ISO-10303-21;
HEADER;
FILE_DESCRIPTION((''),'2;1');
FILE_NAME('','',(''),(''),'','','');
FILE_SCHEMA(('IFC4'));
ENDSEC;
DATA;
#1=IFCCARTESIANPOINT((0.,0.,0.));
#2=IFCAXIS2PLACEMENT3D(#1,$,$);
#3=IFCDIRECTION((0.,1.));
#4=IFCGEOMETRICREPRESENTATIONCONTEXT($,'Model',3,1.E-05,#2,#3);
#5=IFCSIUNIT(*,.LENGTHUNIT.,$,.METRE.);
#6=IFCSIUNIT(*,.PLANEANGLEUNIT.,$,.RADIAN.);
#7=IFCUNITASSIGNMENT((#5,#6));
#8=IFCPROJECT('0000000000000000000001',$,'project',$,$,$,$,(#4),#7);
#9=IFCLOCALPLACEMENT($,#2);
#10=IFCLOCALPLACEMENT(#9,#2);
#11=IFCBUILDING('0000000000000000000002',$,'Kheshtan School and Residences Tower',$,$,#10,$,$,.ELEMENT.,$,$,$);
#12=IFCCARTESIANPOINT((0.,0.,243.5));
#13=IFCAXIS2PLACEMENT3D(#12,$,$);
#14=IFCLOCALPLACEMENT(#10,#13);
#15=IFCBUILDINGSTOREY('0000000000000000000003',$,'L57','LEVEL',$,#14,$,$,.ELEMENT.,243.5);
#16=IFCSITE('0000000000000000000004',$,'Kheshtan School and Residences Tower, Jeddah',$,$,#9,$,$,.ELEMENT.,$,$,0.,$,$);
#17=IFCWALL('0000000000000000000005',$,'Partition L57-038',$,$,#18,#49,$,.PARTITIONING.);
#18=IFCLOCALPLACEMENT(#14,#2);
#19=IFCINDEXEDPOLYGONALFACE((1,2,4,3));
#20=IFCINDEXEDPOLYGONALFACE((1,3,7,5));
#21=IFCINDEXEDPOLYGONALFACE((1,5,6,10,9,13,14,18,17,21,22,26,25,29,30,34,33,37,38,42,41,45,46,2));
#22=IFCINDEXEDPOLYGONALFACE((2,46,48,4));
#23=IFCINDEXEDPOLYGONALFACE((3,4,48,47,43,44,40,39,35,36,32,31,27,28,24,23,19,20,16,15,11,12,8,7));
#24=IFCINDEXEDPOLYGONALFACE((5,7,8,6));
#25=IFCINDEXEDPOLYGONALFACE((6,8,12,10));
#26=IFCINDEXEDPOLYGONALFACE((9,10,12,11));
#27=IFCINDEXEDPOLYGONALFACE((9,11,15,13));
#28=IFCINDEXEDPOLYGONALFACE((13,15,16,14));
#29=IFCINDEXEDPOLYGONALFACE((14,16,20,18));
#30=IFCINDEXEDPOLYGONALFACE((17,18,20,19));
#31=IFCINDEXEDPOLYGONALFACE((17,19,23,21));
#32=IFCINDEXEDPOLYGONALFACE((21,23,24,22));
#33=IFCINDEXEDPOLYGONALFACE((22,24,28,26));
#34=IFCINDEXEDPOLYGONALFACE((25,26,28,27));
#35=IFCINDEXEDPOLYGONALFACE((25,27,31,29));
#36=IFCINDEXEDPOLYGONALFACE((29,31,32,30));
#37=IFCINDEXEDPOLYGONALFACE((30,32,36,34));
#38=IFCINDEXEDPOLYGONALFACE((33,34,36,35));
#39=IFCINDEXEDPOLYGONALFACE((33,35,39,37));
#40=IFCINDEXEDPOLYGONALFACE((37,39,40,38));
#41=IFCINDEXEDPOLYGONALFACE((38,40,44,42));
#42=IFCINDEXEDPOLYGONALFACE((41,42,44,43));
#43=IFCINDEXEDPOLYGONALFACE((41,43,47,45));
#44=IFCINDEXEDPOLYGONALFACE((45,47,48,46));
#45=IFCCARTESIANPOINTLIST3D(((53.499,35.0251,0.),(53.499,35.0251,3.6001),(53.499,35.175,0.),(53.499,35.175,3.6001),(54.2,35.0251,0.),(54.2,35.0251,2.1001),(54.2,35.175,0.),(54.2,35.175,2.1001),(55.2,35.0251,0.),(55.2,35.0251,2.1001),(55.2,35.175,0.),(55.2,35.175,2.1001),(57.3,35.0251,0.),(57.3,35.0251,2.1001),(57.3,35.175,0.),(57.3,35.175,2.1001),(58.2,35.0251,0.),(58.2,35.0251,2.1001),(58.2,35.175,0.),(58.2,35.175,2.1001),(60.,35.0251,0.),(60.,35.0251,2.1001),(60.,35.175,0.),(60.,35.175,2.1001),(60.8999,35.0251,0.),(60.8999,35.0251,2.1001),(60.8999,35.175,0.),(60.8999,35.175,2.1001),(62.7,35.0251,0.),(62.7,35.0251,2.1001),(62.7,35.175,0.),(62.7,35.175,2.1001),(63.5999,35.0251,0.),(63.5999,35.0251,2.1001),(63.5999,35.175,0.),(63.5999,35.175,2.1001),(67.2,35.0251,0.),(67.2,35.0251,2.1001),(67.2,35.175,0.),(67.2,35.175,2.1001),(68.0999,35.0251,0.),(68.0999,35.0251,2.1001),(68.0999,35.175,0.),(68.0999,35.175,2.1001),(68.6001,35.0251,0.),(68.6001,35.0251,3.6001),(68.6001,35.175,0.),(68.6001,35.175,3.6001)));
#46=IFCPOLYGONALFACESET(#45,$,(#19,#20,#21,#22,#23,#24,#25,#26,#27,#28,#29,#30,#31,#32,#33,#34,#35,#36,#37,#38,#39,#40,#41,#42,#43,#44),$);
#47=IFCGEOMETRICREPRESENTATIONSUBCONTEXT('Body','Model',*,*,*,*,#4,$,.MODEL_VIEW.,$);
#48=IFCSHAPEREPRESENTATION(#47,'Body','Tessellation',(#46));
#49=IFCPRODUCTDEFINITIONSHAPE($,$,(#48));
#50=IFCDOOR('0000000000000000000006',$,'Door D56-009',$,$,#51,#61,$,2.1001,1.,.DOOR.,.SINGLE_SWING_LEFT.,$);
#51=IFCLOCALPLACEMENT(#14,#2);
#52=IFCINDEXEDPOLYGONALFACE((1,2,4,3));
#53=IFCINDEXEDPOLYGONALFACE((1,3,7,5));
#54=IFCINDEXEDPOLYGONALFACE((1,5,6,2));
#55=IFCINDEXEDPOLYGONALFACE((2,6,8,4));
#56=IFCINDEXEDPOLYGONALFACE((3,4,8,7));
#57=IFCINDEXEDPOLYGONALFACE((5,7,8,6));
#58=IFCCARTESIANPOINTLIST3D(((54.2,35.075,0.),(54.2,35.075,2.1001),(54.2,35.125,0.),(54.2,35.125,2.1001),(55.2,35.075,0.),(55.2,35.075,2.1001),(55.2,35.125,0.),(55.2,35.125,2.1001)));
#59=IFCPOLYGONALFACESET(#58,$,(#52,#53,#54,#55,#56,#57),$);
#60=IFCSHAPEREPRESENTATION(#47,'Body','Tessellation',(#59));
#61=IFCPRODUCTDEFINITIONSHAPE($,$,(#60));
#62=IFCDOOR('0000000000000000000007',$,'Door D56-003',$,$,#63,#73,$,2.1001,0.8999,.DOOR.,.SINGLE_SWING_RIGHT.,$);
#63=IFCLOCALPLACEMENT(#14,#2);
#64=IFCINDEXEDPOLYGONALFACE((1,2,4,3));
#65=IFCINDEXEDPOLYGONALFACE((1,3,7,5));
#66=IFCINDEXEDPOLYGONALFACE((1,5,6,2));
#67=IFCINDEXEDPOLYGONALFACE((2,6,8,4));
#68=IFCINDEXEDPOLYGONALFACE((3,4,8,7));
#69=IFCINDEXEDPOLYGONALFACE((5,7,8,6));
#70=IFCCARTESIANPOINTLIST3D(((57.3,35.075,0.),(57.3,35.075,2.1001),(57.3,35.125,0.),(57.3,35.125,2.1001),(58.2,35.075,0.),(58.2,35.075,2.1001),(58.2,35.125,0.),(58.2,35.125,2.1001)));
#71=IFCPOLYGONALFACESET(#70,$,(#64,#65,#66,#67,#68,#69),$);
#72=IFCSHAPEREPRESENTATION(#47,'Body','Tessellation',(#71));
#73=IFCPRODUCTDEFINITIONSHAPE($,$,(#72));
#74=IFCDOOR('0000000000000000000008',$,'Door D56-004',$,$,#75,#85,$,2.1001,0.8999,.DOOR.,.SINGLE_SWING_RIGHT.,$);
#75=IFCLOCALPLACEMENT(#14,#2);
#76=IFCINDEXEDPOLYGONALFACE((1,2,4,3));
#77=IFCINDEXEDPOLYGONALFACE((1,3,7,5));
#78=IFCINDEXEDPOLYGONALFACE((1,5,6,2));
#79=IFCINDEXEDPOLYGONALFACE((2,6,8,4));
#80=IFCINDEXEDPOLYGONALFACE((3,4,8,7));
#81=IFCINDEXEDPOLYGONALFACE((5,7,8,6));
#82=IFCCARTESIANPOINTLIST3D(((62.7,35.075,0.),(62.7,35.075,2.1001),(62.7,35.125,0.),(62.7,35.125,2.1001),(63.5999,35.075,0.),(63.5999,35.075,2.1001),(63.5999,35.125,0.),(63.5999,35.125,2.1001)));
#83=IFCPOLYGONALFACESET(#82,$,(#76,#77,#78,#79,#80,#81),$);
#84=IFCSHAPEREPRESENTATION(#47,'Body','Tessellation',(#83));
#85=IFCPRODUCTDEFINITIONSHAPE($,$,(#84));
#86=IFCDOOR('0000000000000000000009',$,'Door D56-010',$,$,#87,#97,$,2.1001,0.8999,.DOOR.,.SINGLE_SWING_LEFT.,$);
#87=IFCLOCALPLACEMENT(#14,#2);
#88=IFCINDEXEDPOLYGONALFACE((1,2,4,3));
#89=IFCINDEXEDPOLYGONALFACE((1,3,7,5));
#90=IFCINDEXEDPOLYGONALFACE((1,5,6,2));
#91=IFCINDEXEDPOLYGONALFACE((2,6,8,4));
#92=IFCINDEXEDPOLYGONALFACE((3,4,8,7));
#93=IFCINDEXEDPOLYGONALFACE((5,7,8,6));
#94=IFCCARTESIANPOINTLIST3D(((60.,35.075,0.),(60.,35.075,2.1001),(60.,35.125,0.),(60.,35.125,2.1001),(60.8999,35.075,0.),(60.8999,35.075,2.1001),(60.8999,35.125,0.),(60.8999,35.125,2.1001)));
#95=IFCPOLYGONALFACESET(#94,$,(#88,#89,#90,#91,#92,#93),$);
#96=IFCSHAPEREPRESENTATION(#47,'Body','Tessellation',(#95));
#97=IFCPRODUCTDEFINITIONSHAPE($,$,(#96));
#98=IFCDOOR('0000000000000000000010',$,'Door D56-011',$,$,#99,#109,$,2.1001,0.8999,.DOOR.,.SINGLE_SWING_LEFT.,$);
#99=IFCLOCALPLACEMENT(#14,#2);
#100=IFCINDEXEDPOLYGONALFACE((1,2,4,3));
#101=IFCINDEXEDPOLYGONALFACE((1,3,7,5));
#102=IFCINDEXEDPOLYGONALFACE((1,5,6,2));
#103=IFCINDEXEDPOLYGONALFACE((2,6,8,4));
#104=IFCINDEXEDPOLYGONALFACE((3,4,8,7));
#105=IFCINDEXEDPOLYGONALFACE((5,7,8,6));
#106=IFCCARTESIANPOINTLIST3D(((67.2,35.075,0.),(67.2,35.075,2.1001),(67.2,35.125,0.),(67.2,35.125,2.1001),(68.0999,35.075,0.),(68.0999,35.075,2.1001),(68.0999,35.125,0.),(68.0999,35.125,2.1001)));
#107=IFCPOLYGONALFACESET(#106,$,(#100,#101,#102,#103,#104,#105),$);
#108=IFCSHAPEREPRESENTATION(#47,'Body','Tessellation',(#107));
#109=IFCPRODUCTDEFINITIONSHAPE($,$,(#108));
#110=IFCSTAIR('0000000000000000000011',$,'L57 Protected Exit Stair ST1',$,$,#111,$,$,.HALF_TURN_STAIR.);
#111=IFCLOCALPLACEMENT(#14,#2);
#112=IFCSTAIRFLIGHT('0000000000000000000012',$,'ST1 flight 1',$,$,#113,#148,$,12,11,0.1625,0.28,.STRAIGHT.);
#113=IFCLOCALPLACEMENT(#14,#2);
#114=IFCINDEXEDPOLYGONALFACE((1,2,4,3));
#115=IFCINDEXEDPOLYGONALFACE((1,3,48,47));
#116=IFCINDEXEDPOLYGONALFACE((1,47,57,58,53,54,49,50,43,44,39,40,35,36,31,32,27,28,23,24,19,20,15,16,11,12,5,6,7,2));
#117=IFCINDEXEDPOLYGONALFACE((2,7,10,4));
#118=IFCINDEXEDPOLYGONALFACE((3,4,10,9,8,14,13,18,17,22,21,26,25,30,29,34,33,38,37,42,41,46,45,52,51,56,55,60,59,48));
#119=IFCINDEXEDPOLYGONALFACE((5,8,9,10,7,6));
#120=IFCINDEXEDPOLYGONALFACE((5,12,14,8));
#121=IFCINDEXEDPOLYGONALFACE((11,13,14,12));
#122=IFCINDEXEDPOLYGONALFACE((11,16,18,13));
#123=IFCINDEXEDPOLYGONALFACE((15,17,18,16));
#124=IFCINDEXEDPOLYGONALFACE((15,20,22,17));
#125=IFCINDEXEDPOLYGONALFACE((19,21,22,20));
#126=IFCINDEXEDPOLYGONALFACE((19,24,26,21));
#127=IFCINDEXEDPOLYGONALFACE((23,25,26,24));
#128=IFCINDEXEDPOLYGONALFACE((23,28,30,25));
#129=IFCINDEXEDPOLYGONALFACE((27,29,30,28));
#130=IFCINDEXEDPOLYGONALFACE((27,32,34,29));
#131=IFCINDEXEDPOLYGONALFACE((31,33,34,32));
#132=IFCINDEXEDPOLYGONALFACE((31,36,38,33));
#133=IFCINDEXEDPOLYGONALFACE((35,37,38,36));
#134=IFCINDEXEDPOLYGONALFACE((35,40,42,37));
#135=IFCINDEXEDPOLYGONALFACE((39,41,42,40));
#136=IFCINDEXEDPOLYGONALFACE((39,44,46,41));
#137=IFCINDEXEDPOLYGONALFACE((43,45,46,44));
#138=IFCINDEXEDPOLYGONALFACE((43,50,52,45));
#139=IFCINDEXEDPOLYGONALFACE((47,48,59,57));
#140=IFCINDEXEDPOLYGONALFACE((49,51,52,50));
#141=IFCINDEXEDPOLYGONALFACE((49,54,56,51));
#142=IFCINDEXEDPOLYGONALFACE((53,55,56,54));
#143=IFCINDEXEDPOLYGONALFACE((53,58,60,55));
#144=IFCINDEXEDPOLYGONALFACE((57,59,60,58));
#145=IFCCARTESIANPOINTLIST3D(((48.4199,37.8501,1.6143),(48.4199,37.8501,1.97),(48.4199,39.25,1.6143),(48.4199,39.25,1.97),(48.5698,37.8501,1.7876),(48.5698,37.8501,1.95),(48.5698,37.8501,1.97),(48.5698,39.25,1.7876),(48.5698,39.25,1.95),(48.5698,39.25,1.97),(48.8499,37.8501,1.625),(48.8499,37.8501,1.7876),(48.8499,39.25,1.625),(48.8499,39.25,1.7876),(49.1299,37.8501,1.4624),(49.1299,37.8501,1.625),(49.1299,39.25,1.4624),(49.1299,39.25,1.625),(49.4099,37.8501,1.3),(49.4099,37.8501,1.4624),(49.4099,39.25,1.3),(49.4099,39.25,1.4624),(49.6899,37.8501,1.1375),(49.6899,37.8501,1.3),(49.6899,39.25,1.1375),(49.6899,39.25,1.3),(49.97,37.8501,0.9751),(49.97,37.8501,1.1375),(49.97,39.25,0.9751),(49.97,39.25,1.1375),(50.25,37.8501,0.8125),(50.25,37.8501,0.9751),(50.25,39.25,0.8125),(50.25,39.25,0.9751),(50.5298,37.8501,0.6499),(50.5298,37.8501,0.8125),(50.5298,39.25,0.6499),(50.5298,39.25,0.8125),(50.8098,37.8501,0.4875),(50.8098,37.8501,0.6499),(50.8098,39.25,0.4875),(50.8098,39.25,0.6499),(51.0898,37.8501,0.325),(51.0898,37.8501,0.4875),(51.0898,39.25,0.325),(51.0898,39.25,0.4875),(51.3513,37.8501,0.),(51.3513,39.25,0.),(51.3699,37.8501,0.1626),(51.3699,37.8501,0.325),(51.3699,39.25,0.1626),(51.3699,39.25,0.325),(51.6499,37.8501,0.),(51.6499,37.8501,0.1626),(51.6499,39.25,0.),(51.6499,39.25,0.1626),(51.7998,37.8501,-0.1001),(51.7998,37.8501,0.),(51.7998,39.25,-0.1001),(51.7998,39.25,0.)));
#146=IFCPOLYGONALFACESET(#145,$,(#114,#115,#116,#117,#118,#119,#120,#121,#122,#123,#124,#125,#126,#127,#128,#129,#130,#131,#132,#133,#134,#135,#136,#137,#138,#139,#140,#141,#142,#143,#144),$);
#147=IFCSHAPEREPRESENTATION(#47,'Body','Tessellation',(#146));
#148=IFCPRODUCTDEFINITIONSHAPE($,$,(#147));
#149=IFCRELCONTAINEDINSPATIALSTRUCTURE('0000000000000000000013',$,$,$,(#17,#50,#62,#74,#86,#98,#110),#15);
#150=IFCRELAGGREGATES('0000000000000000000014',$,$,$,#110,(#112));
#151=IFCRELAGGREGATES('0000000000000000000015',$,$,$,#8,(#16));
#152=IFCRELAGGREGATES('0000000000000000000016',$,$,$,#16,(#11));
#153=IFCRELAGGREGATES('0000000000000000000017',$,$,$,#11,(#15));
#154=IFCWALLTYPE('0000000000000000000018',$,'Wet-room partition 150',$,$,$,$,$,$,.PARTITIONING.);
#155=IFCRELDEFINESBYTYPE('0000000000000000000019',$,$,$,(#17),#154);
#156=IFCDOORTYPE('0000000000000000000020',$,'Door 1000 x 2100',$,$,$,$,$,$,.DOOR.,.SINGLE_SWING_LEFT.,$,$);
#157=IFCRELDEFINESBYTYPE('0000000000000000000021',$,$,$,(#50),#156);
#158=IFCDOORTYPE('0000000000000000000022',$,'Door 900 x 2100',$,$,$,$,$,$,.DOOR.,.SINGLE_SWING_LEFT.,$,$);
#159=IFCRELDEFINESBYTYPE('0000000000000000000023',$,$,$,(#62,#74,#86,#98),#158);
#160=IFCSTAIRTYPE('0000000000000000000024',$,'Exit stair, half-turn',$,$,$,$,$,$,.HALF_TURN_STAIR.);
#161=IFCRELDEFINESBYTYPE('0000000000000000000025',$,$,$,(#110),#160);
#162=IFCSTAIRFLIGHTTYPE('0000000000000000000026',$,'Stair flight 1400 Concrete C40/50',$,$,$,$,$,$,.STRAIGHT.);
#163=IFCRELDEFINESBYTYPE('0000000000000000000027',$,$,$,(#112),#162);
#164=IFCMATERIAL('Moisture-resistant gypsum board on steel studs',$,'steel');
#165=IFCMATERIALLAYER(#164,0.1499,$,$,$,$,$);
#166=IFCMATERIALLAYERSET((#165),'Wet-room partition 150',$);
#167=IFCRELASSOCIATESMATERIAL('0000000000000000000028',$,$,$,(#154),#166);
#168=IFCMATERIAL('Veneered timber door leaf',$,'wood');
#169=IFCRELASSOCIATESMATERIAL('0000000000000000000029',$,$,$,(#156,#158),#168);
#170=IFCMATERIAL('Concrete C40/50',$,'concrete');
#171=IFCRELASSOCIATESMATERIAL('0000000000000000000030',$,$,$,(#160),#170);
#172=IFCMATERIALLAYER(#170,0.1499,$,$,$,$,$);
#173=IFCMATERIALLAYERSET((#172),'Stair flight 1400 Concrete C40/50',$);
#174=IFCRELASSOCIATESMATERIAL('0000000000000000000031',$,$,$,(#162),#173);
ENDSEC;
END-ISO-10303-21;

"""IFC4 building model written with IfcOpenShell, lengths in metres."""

from ifc_helpers import new_model, si_unit, direction, frame, frame_2d, origin, place, context, subcontext, project, spatial, polyline, rectangle, outline, extrude, source, transform, mapped, material, layer, layer_set, type_object, element, fill, aggregate, save


model = new_model("IFC4")

# Units and contexts
model_context = context("Model", 3, precision=1e-05, world=origin(), true_north=direction((0.0, 1.0)))
body_context = subcontext(model_context, "Body", "Model", "MODEL_VIEW")
ifc_project = project(units=[si_unit("LENGTHUNIT", "METRE"), si_unit("PLANEANGLEUNIT", "RADIAN")], contexts=[model_context])

# Site, building, storey
site_placement = place(None, origin())
site = spatial("IfcSite", under=ifc_project, at=site_placement, Name="Kheshtan School and Residences Tower, Jeddah", CompositionType="ELEMENT", RefElevation=0.0)
building_placement = place(site_placement, origin())
building = spatial("IfcBuilding", under=site, at=building_placement, Name="Kheshtan School and Residences Tower", CompositionType="ELEMENT")
storey_placement = place(building_placement, frame((0.0, 0.0, 243.5)))
storey = spatial("IfcBuildingStorey", under=building, at=storey_placement, Name="L57", Description="LEVEL", CompositionType="ELEMENT", Elevation=243.5)

# Shared definitions
ifc_material_1 = material(Name="Concrete C40/50", Category="concrete")

# Wall, openings, doors
ifc_material_2 = material(Name="Moisture-resistant gypsum board on steel studs", Category="steel")
ifc_layer_1 = layer(ifc_material_2, 0.1499)
ifc_layer_set_1 = layer_set([ifc_layer_1], Name="Wet-room partition 150")
wall_type_1 = type_object("IfcWallType", Name="Wet-room partition 150", PredefinedType="PARTITIONING", material=ifc_layer_set_1)
wall_1_placement = place(storey_placement, frame((53.499, 35.1001, 0.0), z_axis=(0.0, 0.0, 1.0), x_axis=(1.0, 0.0, 0.0)))
wall_1 = element("IfcWall", 1, at=wall_1_placement, inside=storey, type_object=wall_type_1, Name="Partition L57-038", PredefinedType="PARTITIONING", context=body_context, shape_type="SweptSolid", body=[
    extrude(rectangle(XDim=15.1011, YDim=0.1499, at=frame_2d((7.5505, 0.0))), origin(), (0.0, 0.0, 1.0), 3.6001),
])
opening_1_placement = place(wall_1_placement, frame((3.801, 0.0, 0.0)))
opening_1 = element("IfcOpeningElement", 2, at=opening_1_placement, cuts=wall_1, PredefinedType="OPENING", context=body_context, shape_type="SweptSolid", body=[
    extrude(rectangle(XDim=0.8999, YDim=2.1001, at=frame_2d((0.45, 1.05))), frame((0.0, 0.085, 0.0), z_axis=(0.0, -1.0, 0.0), x_axis=(1.0, 0.0, 0.0)), (0.0, 0.0, 1.0), 0.1699),
])
opening_2_placement = place(wall_1_placement, frame((9.2009, 0.0, 0.0)))
opening_2 = element("IfcOpeningElement", 3, at=opening_2_placement, cuts=wall_1, PredefinedType="OPENING", context=body_context, shape_type="SweptSolid", body=[
    extrude(rectangle(XDim=0.8999, YDim=2.1001, at=frame_2d((0.45, 1.05))), frame((0.0, 0.085, 0.0), z_axis=(0.0, -1.0, 0.0), x_axis=(1.0, 0.0, 0.0)), (0.0, 0.0, 1.0), 0.1699),
])
opening_3_placement = place(wall_1_placement, frame((0.7009, 0.0, 0.0)))
opening_3 = element("IfcOpeningElement", 4, at=opening_3_placement, cuts=wall_1, PredefinedType="OPENING", context=body_context, shape_type="SweptSolid", body=[
    extrude(rectangle(XDim=1.0, YDim=2.1001, at=frame_2d((0.5, 1.05))), frame((0.0, 0.085, 0.0), z_axis=(0.0, -1.0, 0.0), x_axis=(1.0, 0.0, 0.0)), (0.0, 0.0, 1.0), 0.1699),
])
opening_4_placement = place(wall_1_placement, frame((6.501, 0.0, 0.0)))
opening_4 = element("IfcOpeningElement", 5, at=opening_4_placement, cuts=wall_1, PredefinedType="OPENING", context=body_context, shape_type="SweptSolid", body=[
    extrude(rectangle(XDim=0.8999, YDim=2.1001, at=frame_2d((0.45, 1.05))), frame((0.0, 0.085, 0.0), z_axis=(0.0, -1.0, 0.0), x_axis=(1.0, 0.0, 0.0)), (0.0, 0.0, 1.0), 0.1699),
])
opening_5_placement = place(wall_1_placement, frame((13.7009, 0.0, 0.0)))
opening_5 = element("IfcOpeningElement", 6, at=opening_5_placement, cuts=wall_1, PredefinedType="OPENING", context=body_context, shape_type="SweptSolid", body=[
    extrude(rectangle(XDim=0.8999, YDim=2.1001, at=frame_2d((0.45, 1.05))), frame((0.0, 0.085, 0.0), z_axis=(0.0, -1.0, 0.0), x_axis=(1.0, 0.0, 0.0)), (0.0, 0.0, 1.0), 0.1699),
])
ifc_material_3 = material(Name="Veneered timber door leaf", Category="wood")
door_type_1 = type_object("IfcDoorType", Name="Door 1000 x 2100", OperationType="SINGLE_SWING_LEFT", PredefinedType="DOOR", material=ifc_material_3)
shared_shape_1 = source(origin(), body_context, "Body", "SweptSolid", [
    extrude(rectangle(XDim=1.0, YDim=2.1001, at=frame_2d((0.5, 1.05))), frame((0.0, 0.0249, 0.0), z_axis=(0.0, -1.0, 0.0), x_axis=(1.0, 0.0, 0.0)), (0.0, 0.0, 1.0), 0.05),
])
door_1_placement = place(opening_3_placement, origin())
door_1 = element("IfcDoor", 7, at=door_1_placement, inside=storey, type_object=door_type_1, Name="Door D56-009", OperationType="SINGLE_SWING_LEFT", OverallHeight=2.1001, OverallWidth=1.0, PredefinedType="DOOR", context=body_context, shape_type="MappedRepresentation", body=[
    mapped(shared_shape_1, transform((0.0, 0.0, 0.0), x_axis=(1.0, 0.0, 0.0), y_axis=(0.0, 1.0, 0.0), z_axis=(0.0, 0.0, 1.0), scale=1.0)),
])
fill(opening_3, door_1)
door_type_2 = type_object("IfcDoorType", Name="Door 900 x 2100", OperationType="SINGLE_SWING_LEFT", PredefinedType="DOOR", material=ifc_material_3)
shared_shape_2 = source(origin(), body_context, "Body", "SweptSolid", [
    extrude(rectangle(XDim=0.8999, YDim=2.1001, at=frame_2d((0.45, 1.05))), frame((0.0, 0.0249, 0.0), z_axis=(0.0, -1.0, 0.0), x_axis=(1.0, 0.0, 0.0)), (0.0, 0.0, 1.0), 0.05),
])
door_2_placement = place(opening_1_placement, origin())
door_2 = element("IfcDoor", 8, at=door_2_placement, inside=storey, type_object=door_type_2, Name="Door D56-003", OperationType="SINGLE_SWING_RIGHT", OverallHeight=2.1001, OverallWidth=0.8999, PredefinedType="DOOR", context=body_context, shape_type="MappedRepresentation", body=[
    mapped(shared_shape_2, transform((0.0, 0.0, 0.0), x_axis=(1.0, 0.0, 0.0), y_axis=(0.0, 1.0, 0.0), z_axis=(0.0, 0.0, 1.0), scale=1.0)),
])
fill(opening_1, door_2)
door_3_placement = place(opening_2_placement, origin())
door_3 = element("IfcDoor", 9, at=door_3_placement, inside=storey, type_object=door_type_2, Name="Door D56-004", OperationType="SINGLE_SWING_RIGHT", OverallHeight=2.1001, OverallWidth=0.8999, PredefinedType="DOOR", context=body_context, shape_type="MappedRepresentation", body=[
    mapped(shared_shape_2, transform((0.0, 0.0, 0.0), x_axis=(1.0, 0.0, 0.0), y_axis=(0.0, 1.0, 0.0), z_axis=(0.0, 0.0, 1.0), scale=1.0)),
])
fill(opening_2, door_3)
door_4_placement = place(opening_4_placement, origin())
door_4 = element("IfcDoor", 10, at=door_4_placement, inside=storey, type_object=door_type_2, Name="Door D56-010", OperationType="SINGLE_SWING_LEFT", OverallHeight=2.1001, OverallWidth=0.8999, PredefinedType="DOOR", context=body_context, shape_type="MappedRepresentation", body=[
    mapped(shared_shape_2, transform((0.0, 0.0, 0.0), x_axis=(1.0, 0.0, 0.0), y_axis=(0.0, 1.0, 0.0), z_axis=(0.0, 0.0, 1.0), scale=1.0)),
])
fill(opening_4, door_4)
door_5_placement = place(opening_5_placement, origin())
door_5 = element("IfcDoor", 11, at=door_5_placement, inside=storey, type_object=door_type_2, Name="Door D56-011", OperationType="SINGLE_SWING_LEFT", OverallHeight=2.1001, OverallWidth=0.8999, PredefinedType="DOOR", context=body_context, shape_type="MappedRepresentation", body=[
    mapped(shared_shape_2, transform((0.0, 0.0, 0.0), x_axis=(1.0, 0.0, 0.0), y_axis=(0.0, 1.0, 0.0), z_axis=(0.0, 0.0, 1.0), scale=1.0)),
])
fill(opening_5, door_5)

# Stair, stair flight
stair_type = type_object("IfcStairType", Name="Exit stair, half-turn", PredefinedType="HALF_TURN_STAIR", material=ifc_material_1)
stair_placement = place(storey_placement, origin())
stair = element("IfcStair", 12, at=stair_placement, inside=storey, type_object=stair_type, Name="L57 Protected Exit Stair ST1", PredefinedType="HALF_TURN_STAIR")
ifc_layer_2 = layer(ifc_material_1, 0.1499)
ifc_layer_set_2 = layer_set([ifc_layer_2], Name="Stair flight 1400 Concrete C40/50")
stair_flight_type = type_object("IfcStairFlightType", Name="Stair flight 1400 Concrete C40/50", PredefinedType="STRAIGHT", material=ifc_layer_set_2)
stair_flight_1_placement = place(storey_placement, frame((51.6499, 38.55, 0.0), z_axis=(0.0, 0.0, 1.0), x_axis=(-1.0, 0.0, 0.0)))
stair_flight_1 = element("IfcStairFlight", 13, at=stair_flight_1_placement, type_object=stair_flight_type, Name="ST1 flight 1", NumberOfRisers=12, NumberOfTreads=11, PredefinedType="STRAIGHT", RiserHeight=0.1625, TreadLength=0.28, context=body_context, shape_type="SweptSolid", body=[
    extrude(outline(polyline([(-0.1499, -0.1001), (-0.1499, 0.0), (0.0, 0.0), (0.0, 0.1626), (0.28, 0.1626), (0.28, 0.325), (0.5601, 0.325), (0.5601, 0.4875), (0.8401, 0.4875), (0.8401, 0.6499), (1.1201, 0.6499), (1.1201, 0.8125), (1.3999, 0.8125), (1.3999, 0.9751), (1.6799, 0.9751), (1.6799, 1.1375), (1.96, 1.1375), (1.96, 1.3), (2.24, 1.3), (2.24, 1.4624), (2.52, 1.4624), (2.52, 1.625), (2.8, 1.625), (2.8, 1.7876), (3.0801, 1.7876), (3.0801, 1.95), (3.0801, 1.97), (3.23, 1.97), (3.23, 1.6143), (0.2986, 0.0), (-0.1499, -0.1001)])), frame((0.0, 0.7, 0.0), z_axis=(0.0, -1.0, 0.0), x_axis=(1.0, 0.0, 0.0)), (0.0, 0.0, 1.0), 1.3999),
])
aggregate(stair, [stair_flight_1])

save(model, "model.ifc")
